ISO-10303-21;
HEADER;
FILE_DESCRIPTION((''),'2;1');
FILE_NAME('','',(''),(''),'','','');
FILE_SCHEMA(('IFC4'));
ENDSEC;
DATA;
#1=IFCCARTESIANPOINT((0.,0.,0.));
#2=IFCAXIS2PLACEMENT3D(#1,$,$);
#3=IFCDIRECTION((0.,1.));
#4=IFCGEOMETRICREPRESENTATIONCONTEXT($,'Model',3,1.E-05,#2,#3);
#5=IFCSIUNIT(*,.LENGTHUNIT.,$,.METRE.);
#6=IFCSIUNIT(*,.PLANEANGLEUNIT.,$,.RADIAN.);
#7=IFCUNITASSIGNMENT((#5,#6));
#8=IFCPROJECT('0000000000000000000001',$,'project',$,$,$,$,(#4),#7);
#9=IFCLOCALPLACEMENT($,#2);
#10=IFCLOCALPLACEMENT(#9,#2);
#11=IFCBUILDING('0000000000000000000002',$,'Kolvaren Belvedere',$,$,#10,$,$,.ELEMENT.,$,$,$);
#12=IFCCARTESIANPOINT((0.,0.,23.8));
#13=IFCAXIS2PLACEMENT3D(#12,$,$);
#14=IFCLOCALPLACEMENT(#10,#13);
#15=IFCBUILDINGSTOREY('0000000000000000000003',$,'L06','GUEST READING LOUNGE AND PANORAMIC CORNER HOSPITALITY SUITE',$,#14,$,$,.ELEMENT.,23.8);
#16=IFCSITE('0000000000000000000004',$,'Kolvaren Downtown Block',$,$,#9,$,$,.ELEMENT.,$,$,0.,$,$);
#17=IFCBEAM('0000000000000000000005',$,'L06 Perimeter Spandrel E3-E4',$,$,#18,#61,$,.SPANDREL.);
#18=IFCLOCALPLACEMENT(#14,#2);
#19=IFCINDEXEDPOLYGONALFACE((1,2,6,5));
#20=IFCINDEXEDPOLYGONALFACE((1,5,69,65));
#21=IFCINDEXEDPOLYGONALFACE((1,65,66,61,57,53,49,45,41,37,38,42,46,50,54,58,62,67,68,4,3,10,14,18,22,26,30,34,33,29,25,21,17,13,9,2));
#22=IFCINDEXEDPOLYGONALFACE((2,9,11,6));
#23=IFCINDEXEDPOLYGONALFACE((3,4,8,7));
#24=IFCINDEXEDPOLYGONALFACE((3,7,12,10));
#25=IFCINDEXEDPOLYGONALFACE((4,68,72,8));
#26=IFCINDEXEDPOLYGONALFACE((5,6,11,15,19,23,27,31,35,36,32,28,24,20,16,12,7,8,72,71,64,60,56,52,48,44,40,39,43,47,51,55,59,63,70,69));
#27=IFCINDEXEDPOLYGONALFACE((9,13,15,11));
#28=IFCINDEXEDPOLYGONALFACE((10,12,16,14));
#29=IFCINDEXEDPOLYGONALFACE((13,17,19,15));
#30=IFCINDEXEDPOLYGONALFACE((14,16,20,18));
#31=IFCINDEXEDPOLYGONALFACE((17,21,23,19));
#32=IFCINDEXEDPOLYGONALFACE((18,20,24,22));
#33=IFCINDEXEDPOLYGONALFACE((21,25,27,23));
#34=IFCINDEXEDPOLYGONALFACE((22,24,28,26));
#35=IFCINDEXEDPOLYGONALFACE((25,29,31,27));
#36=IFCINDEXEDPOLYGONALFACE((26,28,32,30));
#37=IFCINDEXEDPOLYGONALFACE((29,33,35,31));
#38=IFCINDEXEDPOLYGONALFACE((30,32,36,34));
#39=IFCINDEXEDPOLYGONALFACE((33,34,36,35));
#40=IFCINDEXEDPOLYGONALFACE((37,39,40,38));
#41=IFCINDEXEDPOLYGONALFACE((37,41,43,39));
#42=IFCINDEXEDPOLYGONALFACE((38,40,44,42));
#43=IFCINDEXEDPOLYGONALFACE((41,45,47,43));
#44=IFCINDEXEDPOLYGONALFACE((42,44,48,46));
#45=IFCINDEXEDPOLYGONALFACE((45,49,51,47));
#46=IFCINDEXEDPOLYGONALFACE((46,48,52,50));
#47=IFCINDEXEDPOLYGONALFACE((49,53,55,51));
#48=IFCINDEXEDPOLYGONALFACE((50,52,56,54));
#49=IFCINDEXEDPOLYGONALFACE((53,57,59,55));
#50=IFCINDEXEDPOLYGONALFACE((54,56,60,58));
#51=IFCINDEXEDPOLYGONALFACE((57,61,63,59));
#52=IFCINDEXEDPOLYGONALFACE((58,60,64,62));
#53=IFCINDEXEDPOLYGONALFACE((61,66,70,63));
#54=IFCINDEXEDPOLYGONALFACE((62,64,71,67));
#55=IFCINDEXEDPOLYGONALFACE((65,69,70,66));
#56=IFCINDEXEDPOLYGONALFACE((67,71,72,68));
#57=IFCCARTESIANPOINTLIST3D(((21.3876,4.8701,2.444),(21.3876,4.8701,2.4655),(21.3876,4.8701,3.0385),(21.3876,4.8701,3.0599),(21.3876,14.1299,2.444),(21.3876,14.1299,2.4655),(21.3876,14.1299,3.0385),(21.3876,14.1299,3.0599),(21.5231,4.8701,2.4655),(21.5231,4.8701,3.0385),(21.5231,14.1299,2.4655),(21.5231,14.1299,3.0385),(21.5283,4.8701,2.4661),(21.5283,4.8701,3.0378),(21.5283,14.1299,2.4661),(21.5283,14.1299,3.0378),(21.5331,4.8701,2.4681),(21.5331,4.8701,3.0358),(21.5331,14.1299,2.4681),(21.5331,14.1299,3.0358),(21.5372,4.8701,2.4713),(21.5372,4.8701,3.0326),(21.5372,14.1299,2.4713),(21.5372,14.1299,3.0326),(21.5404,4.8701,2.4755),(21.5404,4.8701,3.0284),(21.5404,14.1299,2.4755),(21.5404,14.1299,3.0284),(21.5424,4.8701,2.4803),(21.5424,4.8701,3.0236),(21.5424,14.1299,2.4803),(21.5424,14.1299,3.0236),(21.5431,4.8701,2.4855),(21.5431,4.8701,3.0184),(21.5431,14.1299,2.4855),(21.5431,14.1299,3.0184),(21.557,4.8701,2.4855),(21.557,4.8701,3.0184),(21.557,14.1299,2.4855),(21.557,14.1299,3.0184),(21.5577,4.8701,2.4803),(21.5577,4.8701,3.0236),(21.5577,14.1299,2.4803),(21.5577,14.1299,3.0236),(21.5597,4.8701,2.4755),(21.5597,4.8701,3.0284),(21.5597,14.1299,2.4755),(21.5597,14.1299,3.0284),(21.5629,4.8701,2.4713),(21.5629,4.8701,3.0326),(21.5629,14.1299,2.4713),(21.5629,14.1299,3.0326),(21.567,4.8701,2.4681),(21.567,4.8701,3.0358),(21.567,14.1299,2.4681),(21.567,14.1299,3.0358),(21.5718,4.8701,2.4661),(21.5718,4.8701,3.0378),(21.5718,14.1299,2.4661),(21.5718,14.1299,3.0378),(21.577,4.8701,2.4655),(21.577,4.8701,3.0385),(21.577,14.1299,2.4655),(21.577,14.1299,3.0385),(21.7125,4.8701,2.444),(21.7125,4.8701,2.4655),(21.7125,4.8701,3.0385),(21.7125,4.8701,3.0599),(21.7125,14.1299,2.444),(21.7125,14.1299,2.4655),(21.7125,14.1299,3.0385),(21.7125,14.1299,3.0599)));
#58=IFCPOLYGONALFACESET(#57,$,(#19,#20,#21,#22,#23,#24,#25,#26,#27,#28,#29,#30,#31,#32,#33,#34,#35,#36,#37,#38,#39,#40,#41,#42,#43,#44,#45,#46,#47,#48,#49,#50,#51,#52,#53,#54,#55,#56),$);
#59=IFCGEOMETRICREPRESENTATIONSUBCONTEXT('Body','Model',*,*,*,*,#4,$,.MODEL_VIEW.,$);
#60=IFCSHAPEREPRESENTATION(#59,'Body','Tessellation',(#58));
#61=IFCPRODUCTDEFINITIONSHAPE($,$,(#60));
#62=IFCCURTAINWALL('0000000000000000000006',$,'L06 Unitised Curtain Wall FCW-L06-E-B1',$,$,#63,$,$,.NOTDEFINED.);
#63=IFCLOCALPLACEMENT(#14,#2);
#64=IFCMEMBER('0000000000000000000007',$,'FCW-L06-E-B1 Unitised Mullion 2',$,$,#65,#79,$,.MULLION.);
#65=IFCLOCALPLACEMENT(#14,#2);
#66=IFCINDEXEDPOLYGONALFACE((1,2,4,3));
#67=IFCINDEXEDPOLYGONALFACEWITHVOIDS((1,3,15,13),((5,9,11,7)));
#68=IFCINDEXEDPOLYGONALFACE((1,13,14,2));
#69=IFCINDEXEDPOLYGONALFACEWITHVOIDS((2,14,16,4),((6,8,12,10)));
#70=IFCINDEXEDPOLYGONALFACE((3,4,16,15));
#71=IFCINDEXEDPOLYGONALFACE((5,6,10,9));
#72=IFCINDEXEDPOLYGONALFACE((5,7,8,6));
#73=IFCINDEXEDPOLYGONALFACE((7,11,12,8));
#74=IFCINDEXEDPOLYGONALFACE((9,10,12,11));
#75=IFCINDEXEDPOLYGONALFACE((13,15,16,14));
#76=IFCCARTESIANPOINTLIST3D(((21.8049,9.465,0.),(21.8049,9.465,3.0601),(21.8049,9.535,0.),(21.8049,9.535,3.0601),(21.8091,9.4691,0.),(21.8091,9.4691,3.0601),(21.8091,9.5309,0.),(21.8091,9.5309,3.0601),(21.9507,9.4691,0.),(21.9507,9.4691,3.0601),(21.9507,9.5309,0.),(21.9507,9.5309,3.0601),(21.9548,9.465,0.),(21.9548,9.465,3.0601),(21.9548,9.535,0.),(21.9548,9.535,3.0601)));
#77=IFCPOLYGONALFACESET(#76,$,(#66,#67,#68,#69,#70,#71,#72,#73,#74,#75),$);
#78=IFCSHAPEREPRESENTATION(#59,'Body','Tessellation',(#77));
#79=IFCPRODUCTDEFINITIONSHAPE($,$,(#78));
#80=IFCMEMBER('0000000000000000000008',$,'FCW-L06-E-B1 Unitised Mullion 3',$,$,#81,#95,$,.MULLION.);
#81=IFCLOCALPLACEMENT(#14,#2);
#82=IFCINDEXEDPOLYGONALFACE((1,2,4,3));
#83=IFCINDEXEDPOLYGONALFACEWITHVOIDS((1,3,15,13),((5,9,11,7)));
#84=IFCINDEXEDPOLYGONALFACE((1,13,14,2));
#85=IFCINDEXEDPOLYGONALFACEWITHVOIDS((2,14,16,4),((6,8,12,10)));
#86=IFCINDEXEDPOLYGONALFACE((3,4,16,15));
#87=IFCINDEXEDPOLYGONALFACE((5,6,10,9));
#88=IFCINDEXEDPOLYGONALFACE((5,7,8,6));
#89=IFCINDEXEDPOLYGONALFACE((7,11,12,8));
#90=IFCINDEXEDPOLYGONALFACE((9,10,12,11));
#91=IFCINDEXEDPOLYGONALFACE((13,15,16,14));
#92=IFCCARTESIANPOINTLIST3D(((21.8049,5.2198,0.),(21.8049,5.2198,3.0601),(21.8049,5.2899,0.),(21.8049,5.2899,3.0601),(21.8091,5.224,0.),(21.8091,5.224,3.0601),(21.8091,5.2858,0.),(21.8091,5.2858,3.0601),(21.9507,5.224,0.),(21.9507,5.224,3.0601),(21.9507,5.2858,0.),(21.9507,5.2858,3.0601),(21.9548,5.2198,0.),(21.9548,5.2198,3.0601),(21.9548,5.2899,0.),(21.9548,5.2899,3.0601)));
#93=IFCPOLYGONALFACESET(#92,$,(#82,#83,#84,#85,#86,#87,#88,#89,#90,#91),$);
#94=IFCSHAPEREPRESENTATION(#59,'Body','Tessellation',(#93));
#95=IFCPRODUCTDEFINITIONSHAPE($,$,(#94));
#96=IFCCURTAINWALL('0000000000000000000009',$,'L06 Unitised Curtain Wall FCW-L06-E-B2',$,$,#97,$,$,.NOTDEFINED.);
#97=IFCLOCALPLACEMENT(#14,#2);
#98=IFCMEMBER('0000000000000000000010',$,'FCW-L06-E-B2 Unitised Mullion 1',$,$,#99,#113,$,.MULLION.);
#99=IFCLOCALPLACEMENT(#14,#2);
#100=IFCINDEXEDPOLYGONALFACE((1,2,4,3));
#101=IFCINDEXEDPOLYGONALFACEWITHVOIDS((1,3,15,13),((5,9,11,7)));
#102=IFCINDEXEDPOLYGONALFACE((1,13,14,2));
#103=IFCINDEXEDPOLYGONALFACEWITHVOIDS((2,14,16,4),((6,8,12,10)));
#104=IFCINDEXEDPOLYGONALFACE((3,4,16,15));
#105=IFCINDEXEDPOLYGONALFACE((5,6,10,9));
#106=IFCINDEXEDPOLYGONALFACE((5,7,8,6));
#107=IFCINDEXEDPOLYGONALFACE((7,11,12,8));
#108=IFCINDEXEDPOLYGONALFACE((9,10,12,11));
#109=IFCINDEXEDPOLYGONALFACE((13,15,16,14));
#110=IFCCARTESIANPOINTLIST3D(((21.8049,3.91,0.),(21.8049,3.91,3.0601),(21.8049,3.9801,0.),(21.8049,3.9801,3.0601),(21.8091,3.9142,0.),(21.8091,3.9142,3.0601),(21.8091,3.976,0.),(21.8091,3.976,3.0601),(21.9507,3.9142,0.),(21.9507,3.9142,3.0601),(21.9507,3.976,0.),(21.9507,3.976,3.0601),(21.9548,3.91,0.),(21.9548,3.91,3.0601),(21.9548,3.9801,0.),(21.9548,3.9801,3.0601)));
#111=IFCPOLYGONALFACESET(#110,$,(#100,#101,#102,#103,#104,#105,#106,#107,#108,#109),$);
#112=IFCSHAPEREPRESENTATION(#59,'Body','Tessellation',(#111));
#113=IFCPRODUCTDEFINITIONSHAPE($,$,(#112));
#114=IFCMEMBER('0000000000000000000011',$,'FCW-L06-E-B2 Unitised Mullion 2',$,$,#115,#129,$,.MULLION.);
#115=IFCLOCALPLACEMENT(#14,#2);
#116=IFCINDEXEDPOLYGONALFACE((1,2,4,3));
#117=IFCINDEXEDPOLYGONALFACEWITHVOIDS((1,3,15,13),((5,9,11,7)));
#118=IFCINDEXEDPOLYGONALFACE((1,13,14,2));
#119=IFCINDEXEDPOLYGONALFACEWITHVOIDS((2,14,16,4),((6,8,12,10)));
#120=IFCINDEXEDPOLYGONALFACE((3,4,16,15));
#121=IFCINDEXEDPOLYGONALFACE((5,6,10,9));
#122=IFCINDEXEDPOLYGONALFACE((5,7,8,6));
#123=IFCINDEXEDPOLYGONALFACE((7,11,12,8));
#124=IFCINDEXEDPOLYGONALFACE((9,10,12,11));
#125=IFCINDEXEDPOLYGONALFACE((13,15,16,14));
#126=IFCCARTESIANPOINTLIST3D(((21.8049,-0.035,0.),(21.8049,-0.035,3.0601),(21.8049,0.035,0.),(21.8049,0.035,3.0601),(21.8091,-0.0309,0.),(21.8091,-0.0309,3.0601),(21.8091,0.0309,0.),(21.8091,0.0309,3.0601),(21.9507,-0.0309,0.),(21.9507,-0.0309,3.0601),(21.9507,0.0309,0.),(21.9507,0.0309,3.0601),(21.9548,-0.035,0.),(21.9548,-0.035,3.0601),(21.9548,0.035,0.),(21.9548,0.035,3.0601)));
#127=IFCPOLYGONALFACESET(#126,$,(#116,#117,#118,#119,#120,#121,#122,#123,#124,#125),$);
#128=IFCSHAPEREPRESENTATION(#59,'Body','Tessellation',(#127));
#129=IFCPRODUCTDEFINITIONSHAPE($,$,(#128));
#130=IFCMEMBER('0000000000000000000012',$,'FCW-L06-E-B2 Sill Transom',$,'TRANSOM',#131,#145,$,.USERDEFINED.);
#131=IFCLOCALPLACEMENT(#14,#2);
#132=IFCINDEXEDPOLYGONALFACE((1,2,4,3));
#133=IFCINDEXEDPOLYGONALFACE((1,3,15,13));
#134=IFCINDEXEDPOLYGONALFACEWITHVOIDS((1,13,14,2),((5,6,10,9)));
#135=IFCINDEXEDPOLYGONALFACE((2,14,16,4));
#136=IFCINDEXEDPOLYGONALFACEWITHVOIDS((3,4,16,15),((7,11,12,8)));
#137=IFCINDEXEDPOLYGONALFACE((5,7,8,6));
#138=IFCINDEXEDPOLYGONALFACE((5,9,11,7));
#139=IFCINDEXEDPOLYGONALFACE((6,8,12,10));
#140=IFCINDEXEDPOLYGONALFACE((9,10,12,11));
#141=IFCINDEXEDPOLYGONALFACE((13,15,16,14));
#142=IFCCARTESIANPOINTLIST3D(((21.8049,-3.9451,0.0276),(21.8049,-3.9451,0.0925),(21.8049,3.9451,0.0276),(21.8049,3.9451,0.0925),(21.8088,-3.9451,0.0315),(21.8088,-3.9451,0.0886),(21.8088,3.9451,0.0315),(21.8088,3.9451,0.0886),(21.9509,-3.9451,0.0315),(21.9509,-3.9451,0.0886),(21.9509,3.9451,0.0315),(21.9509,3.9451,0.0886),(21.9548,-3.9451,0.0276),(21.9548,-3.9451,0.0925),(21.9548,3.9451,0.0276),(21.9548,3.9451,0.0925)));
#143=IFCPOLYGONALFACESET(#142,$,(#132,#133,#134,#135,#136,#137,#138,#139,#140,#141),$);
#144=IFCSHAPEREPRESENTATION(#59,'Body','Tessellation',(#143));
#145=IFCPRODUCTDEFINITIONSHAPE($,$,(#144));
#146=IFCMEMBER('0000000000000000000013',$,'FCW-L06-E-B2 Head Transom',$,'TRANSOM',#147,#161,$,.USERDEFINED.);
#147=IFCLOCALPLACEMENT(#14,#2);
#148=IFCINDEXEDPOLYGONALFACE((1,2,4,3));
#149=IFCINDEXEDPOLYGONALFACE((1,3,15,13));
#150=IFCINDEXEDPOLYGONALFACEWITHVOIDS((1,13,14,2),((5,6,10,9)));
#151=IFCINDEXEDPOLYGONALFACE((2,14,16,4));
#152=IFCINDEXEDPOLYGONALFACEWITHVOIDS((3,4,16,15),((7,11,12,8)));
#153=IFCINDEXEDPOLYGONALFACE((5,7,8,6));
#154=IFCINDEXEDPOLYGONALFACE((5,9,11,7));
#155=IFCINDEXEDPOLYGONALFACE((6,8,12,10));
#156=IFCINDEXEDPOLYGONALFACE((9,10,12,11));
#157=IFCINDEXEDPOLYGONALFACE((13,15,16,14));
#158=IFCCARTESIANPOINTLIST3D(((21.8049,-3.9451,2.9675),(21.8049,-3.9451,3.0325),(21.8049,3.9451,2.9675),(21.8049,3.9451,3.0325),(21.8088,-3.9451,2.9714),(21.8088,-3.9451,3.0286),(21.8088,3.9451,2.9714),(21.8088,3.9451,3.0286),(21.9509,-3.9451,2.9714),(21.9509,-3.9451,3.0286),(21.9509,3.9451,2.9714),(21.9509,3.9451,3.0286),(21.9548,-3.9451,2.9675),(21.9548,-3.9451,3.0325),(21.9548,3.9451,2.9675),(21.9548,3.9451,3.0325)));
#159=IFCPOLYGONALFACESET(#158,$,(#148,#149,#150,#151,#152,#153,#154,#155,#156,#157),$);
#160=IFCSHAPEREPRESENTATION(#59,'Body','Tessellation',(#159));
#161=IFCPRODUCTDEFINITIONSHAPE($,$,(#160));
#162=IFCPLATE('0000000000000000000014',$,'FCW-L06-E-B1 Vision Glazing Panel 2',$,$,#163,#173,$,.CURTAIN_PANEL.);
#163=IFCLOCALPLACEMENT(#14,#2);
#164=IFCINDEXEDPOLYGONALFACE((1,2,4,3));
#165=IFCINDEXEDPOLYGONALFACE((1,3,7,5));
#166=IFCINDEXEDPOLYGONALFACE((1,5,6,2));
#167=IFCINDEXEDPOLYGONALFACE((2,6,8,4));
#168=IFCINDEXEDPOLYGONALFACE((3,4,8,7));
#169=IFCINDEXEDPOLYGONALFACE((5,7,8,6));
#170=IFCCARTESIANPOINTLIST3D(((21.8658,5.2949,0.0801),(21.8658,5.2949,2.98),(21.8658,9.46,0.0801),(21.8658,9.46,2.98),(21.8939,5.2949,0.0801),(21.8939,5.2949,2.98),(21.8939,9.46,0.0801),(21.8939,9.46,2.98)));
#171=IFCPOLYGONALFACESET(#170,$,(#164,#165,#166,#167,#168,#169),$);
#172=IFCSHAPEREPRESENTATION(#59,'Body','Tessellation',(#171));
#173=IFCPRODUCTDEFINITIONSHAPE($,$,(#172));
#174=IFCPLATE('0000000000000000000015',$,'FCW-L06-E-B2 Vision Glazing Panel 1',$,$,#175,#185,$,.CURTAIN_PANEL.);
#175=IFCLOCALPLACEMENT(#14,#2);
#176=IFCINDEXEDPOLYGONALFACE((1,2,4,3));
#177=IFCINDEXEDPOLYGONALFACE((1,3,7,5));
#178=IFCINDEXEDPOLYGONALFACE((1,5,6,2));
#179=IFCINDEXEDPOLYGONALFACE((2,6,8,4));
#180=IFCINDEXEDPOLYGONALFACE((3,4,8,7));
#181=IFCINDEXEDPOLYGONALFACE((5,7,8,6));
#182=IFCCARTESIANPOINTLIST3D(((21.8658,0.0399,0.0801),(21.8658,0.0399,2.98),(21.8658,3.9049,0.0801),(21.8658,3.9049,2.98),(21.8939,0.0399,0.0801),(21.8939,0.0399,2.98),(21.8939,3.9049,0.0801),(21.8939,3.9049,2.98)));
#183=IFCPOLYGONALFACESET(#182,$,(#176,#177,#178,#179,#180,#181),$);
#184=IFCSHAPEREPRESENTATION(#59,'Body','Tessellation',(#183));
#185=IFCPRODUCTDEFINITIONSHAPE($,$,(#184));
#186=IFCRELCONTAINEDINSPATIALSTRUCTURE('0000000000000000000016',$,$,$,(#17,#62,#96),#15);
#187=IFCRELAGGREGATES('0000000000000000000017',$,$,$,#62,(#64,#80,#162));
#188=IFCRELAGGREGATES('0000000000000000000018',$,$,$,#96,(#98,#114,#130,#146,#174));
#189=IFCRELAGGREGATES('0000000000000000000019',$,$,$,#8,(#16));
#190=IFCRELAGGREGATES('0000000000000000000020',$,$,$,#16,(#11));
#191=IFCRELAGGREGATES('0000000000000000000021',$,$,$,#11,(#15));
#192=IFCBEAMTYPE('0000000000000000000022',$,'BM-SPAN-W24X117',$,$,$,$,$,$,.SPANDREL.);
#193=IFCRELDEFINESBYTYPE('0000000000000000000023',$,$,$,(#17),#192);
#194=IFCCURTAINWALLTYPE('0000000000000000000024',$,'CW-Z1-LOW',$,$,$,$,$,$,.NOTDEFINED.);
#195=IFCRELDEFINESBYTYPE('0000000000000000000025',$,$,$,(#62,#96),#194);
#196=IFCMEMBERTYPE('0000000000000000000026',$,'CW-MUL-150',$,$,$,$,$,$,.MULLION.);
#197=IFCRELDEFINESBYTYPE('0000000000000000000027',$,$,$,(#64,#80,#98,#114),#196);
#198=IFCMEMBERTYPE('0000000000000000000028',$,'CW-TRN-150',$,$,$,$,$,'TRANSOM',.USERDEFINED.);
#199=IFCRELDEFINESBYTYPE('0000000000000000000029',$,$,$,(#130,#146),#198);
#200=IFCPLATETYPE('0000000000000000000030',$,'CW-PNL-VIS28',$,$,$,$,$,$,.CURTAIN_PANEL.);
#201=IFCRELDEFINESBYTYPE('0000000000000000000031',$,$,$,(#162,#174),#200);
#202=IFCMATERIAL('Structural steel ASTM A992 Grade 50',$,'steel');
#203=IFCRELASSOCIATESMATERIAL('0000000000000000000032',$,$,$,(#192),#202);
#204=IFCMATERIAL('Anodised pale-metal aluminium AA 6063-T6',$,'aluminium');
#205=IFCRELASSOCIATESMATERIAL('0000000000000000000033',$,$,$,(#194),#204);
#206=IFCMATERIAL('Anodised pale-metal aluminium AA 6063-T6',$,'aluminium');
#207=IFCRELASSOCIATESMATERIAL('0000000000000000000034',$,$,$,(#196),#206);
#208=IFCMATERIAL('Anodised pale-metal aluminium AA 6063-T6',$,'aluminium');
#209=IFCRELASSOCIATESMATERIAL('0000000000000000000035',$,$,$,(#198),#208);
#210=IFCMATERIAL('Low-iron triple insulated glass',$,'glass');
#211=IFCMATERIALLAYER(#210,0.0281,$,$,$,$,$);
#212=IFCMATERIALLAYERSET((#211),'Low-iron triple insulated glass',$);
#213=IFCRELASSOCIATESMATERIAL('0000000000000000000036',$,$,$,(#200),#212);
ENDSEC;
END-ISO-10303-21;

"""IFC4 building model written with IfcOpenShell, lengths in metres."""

from ifc_helpers import new_model, si_unit, direction, frame, origin, origin_2d, place, context, subcontext, project, spatial, rectangle, hollow_rectangle, i_section, extrude, material, layer, layer_set, material_profile, profile_set, type_object, element, aggregate, save


model = new_model("IFC4")

# Units and contexts
model_context = context("Model", 3, precision=1e-05, world=origin(), true_north=direction((0.0, 1.0)))
body_context = subcontext(model_context, "Body", "Model", "MODEL_VIEW")
ifc_project = project(units=[si_unit("LENGTHUNIT", "METRE"), si_unit("PLANEANGLEUNIT", "RADIAN")], contexts=[model_context])

# Site, building, storey
site_placement = place(None, origin())
site = spatial("IfcSite", under=ifc_project, at=site_placement, Name="Kolvaren Downtown Block", CompositionType="ELEMENT", RefElevation=0.0)
building_placement = place(site_placement, origin())
building = spatial("IfcBuilding", under=site, at=building_placement, Name="Kolvaren Belvedere", CompositionType="ELEMENT")
storey_placement = place(building_placement, frame((0.0, 0.0, 23.8)))
storey = spatial("IfcBuildingStorey", under=building, at=storey_placement, Name="L06", Description="GUEST READING LOUNGE AND PANORAMIC CORNER HOSPITALITY SUITE", CompositionType="ELEMENT", Elevation=23.8)

# Beam
ifc_material_1 = material(Name="Structural steel ASTM A992 Grade 50", Category="steel")
ifc_material_profile_1 = material_profile(ifc_material_1, i_section(OverallWidth=0.325, OverallDepth=0.616, WebThickness=0.0139, FlangeThickness=0.0215, FilletRadius=0.02, at=origin_2d()), Name="W24X117")
ifc_profile_set_1 = profile_set([ifc_material_profile_1], Name="Structural steel ASTM A992 Grade 50")
beam_type_1 = type_object("IfcBeamType", Name="BM-SPAN-W24X117", PredefinedType="SPANDREL", material=ifc_profile_set_1)
beam_1_placement = place(storey_placement, frame((21.55, 4.8701, 2.752), z_axis=(0.0, 1.0, 0.0), x_axis=(-1.0, 0.0, 0.0)))
element("IfcBeam", 1, at=beam_1_placement, inside=storey, type_object=beam_type_1, Name="L06 Perimeter Spandrel E3-E4", PredefinedType="SPANDREL", context=body_context, shape_type="SweptSolid", body=[
    extrude(i_section(OverallWidth=0.325, OverallDepth=0.616, WebThickness=0.0139, FlangeThickness=0.0215, FilletRadius=0.02, at=origin_2d()), origin(), (0.0, 0.0, 1.0), 9.2598),
])

# Curtain walls, members
ifc_material_2 = material(Name="Anodised pale-metal aluminium AA 6063-T6", Category="aluminium")
curtain_wall_type = type_object("IfcCurtainWallType", Name="CW-Z1-LOW", PredefinedType="NOTDEFINED", material=ifc_material_2)
curtain_wall_1_placement = place(storey_placement, origin())
curtain_wall_1 = element("IfcCurtainWall", 2, at=curtain_wall_1_placement, inside=storey, type_object=curtain_wall_type, Name="L06 Unitised Curtain Wall FCW-L06-E-B1", PredefinedType="NOTDEFINED")
ifc_material_3 = material(Name="Anodised pale-metal aluminium AA 6063-T6", Category="aluminium")
ifc_material_profile_2 = material_profile(ifc_material_3, hollow_rectangle(XDim=0.0701, YDim=0.1499, WallThickness=0.0042, at=origin_2d()), Name="ALU-MUL-150X70")
ifc_profile_set_2 = profile_set([ifc_material_profile_2], Name="Anodised pale-metal aluminium AA 6063-T6")
member_type_1 = type_object("IfcMemberType", Name="CW-MUL-150", PredefinedType="MULLION", material=ifc_profile_set_2)
member_1_placement = place(storey_placement, frame((21.8799, 9.5, 0.0), z_axis=(0.0, 0.0, 1.0), x_axis=(0.0, 1.0, 0.0)))
member_1 = element("IfcMember", 3, at=member_1_placement, type_object=member_type_1, Name="FCW-L06-E-B1 Unitised Mullion 2", PredefinedType="MULLION", context=body_context, shape_type="SweptSolid", body=[
    extrude(hollow_rectangle(XDim=0.0701, YDim=0.1499, WallThickness=0.0042, at=origin_2d()), origin(), (0.0, 0.0, 1.0), 3.0601),
])
member_2_placement = place(storey_placement, frame((21.8799, 5.2549, 0.0), z_axis=(0.0, 0.0, 1.0), x_axis=(0.0, 1.0, 0.0)))
member_2 = element("IfcMember", 4, at=member_2_placement, type_object=member_type_1, Name="FCW-L06-E-B1 Unitised Mullion 3", PredefinedType="MULLION", context=body_context, shape_type="SweptSolid", body=[
    extrude(hollow_rectangle(XDim=0.0701, YDim=0.1499, WallThickness=0.0042, at=origin_2d()), origin(), (0.0, 0.0, 1.0), 3.0601),
])
curtain_wall_2_placement = place(storey_placement, origin())
curtain_wall_2 = element("IfcCurtainWall", 5, at=curtain_wall_2_placement, inside=storey, type_object=curtain_wall_type, Name="L06 Unitised Curtain Wall FCW-L06-E-B2", PredefinedType="NOTDEFINED")
member_3_placement = place(storey_placement, frame((21.8799, 3.9451, 0.0), z_axis=(0.0, 0.0, 1.0), x_axis=(0.0, 1.0, 0.0)))
member_3 = element("IfcMember", 6, at=member_3_placement, type_object=member_type_1, Name="FCW-L06-E-B2 Unitised Mullion 1", PredefinedType="MULLION", context=body_context, shape_type="SweptSolid", body=[
    extrude(hollow_rectangle(XDim=0.0701, YDim=0.1499, WallThickness=0.0042, at=origin_2d()), origin(), (0.0, 0.0, 1.0), 3.0601),
])
member_4_placement = place(storey_placement, frame((21.8799, 0.0, 0.0), z_axis=(0.0, 0.0, 1.0), x_axis=(0.0, 1.0, 0.0)))
member_4 = element("IfcMember", 7, at=member_4_placement, type_object=member_type_1, Name="FCW-L06-E-B2 Unitised Mullion 2", PredefinedType="MULLION", context=body_context, shape_type="SweptSolid", body=[
    extrude(hollow_rectangle(XDim=0.0701, YDim=0.1499, WallThickness=0.0042, at=origin_2d()), origin(), (0.0, 0.0, 1.0), 3.0601),
])
ifc_material_4 = material(Name="Anodised pale-metal aluminium AA 6063-T6", Category="aluminium")
ifc_material_profile_3 = material_profile(ifc_material_4, hollow_rectangle(XDim=0.0649, YDim=0.1499, WallThickness=0.0039, at=origin_2d()), Name="ALU-TRN-150X65")
ifc_profile_set_3 = profile_set([ifc_material_profile_3], Name="Anodised pale-metal aluminium AA 6063-T6")
member_type_2 = type_object("IfcMemberType", Name="CW-TRN-150", ElementType="TRANSOM", PredefinedType="USERDEFINED", material=ifc_profile_set_3)
member_5_placement = place(storey_placement, frame((21.8799, 3.9451, 0.0601), z_axis=(0.0, -1.0, 0.0), x_axis=(0.0, 0.0, 1.0)))
member_5 = element("IfcMember", 8, at=member_5_placement, type_object=member_type_2, Name="FCW-L06-E-B2 Sill Transom", ObjectType="TRANSOM", PredefinedType="USERDEFINED", context=body_context, shape_type="SweptSolid", body=[
    extrude(hollow_rectangle(XDim=0.0649, YDim=0.1499, WallThickness=0.0039, at=origin_2d()), origin(), (0.0, 0.0, 1.0), 7.8901),
])
member_6_placement = place(storey_placement, frame((21.8799, 3.9451, 3.0), z_axis=(0.0, -1.0, 0.0), x_axis=(0.0, 0.0, 1.0)))
member_6 = element("IfcMember", 9, at=member_6_placement, type_object=member_type_2, Name="FCW-L06-E-B2 Head Transom", ObjectType="TRANSOM", PredefinedType="USERDEFINED", context=body_context, shape_type="SweptSolid", body=[
    extrude(hollow_rectangle(XDim=0.0649, YDim=0.1499, WallThickness=0.0039, at=origin_2d()), origin(), (0.0, 0.0, 1.0), 7.8901),
])

# Plates
ifc_material_5 = material(Name="Low-iron triple insulated glass", Category="glass")
ifc_layer_1 = layer(ifc_material_5, 0.0281)
ifc_layer_set_1 = layer_set([ifc_layer_1], Name="Low-iron triple insulated glass")
plate_type_1 = type_object("IfcPlateType", Name="CW-PNL-VIS28", PredefinedType="CURTAIN_PANEL", material=ifc_layer_set_1)
plate_1_placement = place(storey_placement, frame((21.8799, 7.3774, 0.0801), z_axis=(0.0, 0.0, 1.0), x_axis=(0.0, -1.0, 0.0)))
plate_1 = element("IfcPlate", 10, at=plate_1_placement, type_object=plate_type_1, Name="FCW-L06-E-B1 Vision Glazing Panel 2", PredefinedType="CURTAIN_PANEL", context=body_context, shape_type="SweptSolid", body=[
    extrude(rectangle(XDim=4.165, YDim=0.0281, at=origin_2d()), origin(), (0.0, 0.0, 1.0), 2.8999),
])
aggregate(curtain_wall_1, [member_1, member_2, plate_1])
plate_2_placement = place(storey_placement, frame((21.8799, 1.9724, 0.0801), z_axis=(0.0, 0.0, 1.0), x_axis=(0.0, -1.0, 0.0)))
plate_2 = element("IfcPlate", 11, at=plate_2_placement, type_object=plate_type_1, Name="FCW-L06-E-B2 Vision Glazing Panel 1", PredefinedType="CURTAIN_PANEL", context=body_context, shape_type="SweptSolid", body=[
    extrude(rectangle(XDim=3.865, YDim=0.0281, at=origin_2d()), origin(), (0.0, 0.0, 1.0), 2.8999),
])
aggregate(curtain_wall_2, [member_3, member_4, member_5, member_6, plate_2])

save(model, "model.ifc")
